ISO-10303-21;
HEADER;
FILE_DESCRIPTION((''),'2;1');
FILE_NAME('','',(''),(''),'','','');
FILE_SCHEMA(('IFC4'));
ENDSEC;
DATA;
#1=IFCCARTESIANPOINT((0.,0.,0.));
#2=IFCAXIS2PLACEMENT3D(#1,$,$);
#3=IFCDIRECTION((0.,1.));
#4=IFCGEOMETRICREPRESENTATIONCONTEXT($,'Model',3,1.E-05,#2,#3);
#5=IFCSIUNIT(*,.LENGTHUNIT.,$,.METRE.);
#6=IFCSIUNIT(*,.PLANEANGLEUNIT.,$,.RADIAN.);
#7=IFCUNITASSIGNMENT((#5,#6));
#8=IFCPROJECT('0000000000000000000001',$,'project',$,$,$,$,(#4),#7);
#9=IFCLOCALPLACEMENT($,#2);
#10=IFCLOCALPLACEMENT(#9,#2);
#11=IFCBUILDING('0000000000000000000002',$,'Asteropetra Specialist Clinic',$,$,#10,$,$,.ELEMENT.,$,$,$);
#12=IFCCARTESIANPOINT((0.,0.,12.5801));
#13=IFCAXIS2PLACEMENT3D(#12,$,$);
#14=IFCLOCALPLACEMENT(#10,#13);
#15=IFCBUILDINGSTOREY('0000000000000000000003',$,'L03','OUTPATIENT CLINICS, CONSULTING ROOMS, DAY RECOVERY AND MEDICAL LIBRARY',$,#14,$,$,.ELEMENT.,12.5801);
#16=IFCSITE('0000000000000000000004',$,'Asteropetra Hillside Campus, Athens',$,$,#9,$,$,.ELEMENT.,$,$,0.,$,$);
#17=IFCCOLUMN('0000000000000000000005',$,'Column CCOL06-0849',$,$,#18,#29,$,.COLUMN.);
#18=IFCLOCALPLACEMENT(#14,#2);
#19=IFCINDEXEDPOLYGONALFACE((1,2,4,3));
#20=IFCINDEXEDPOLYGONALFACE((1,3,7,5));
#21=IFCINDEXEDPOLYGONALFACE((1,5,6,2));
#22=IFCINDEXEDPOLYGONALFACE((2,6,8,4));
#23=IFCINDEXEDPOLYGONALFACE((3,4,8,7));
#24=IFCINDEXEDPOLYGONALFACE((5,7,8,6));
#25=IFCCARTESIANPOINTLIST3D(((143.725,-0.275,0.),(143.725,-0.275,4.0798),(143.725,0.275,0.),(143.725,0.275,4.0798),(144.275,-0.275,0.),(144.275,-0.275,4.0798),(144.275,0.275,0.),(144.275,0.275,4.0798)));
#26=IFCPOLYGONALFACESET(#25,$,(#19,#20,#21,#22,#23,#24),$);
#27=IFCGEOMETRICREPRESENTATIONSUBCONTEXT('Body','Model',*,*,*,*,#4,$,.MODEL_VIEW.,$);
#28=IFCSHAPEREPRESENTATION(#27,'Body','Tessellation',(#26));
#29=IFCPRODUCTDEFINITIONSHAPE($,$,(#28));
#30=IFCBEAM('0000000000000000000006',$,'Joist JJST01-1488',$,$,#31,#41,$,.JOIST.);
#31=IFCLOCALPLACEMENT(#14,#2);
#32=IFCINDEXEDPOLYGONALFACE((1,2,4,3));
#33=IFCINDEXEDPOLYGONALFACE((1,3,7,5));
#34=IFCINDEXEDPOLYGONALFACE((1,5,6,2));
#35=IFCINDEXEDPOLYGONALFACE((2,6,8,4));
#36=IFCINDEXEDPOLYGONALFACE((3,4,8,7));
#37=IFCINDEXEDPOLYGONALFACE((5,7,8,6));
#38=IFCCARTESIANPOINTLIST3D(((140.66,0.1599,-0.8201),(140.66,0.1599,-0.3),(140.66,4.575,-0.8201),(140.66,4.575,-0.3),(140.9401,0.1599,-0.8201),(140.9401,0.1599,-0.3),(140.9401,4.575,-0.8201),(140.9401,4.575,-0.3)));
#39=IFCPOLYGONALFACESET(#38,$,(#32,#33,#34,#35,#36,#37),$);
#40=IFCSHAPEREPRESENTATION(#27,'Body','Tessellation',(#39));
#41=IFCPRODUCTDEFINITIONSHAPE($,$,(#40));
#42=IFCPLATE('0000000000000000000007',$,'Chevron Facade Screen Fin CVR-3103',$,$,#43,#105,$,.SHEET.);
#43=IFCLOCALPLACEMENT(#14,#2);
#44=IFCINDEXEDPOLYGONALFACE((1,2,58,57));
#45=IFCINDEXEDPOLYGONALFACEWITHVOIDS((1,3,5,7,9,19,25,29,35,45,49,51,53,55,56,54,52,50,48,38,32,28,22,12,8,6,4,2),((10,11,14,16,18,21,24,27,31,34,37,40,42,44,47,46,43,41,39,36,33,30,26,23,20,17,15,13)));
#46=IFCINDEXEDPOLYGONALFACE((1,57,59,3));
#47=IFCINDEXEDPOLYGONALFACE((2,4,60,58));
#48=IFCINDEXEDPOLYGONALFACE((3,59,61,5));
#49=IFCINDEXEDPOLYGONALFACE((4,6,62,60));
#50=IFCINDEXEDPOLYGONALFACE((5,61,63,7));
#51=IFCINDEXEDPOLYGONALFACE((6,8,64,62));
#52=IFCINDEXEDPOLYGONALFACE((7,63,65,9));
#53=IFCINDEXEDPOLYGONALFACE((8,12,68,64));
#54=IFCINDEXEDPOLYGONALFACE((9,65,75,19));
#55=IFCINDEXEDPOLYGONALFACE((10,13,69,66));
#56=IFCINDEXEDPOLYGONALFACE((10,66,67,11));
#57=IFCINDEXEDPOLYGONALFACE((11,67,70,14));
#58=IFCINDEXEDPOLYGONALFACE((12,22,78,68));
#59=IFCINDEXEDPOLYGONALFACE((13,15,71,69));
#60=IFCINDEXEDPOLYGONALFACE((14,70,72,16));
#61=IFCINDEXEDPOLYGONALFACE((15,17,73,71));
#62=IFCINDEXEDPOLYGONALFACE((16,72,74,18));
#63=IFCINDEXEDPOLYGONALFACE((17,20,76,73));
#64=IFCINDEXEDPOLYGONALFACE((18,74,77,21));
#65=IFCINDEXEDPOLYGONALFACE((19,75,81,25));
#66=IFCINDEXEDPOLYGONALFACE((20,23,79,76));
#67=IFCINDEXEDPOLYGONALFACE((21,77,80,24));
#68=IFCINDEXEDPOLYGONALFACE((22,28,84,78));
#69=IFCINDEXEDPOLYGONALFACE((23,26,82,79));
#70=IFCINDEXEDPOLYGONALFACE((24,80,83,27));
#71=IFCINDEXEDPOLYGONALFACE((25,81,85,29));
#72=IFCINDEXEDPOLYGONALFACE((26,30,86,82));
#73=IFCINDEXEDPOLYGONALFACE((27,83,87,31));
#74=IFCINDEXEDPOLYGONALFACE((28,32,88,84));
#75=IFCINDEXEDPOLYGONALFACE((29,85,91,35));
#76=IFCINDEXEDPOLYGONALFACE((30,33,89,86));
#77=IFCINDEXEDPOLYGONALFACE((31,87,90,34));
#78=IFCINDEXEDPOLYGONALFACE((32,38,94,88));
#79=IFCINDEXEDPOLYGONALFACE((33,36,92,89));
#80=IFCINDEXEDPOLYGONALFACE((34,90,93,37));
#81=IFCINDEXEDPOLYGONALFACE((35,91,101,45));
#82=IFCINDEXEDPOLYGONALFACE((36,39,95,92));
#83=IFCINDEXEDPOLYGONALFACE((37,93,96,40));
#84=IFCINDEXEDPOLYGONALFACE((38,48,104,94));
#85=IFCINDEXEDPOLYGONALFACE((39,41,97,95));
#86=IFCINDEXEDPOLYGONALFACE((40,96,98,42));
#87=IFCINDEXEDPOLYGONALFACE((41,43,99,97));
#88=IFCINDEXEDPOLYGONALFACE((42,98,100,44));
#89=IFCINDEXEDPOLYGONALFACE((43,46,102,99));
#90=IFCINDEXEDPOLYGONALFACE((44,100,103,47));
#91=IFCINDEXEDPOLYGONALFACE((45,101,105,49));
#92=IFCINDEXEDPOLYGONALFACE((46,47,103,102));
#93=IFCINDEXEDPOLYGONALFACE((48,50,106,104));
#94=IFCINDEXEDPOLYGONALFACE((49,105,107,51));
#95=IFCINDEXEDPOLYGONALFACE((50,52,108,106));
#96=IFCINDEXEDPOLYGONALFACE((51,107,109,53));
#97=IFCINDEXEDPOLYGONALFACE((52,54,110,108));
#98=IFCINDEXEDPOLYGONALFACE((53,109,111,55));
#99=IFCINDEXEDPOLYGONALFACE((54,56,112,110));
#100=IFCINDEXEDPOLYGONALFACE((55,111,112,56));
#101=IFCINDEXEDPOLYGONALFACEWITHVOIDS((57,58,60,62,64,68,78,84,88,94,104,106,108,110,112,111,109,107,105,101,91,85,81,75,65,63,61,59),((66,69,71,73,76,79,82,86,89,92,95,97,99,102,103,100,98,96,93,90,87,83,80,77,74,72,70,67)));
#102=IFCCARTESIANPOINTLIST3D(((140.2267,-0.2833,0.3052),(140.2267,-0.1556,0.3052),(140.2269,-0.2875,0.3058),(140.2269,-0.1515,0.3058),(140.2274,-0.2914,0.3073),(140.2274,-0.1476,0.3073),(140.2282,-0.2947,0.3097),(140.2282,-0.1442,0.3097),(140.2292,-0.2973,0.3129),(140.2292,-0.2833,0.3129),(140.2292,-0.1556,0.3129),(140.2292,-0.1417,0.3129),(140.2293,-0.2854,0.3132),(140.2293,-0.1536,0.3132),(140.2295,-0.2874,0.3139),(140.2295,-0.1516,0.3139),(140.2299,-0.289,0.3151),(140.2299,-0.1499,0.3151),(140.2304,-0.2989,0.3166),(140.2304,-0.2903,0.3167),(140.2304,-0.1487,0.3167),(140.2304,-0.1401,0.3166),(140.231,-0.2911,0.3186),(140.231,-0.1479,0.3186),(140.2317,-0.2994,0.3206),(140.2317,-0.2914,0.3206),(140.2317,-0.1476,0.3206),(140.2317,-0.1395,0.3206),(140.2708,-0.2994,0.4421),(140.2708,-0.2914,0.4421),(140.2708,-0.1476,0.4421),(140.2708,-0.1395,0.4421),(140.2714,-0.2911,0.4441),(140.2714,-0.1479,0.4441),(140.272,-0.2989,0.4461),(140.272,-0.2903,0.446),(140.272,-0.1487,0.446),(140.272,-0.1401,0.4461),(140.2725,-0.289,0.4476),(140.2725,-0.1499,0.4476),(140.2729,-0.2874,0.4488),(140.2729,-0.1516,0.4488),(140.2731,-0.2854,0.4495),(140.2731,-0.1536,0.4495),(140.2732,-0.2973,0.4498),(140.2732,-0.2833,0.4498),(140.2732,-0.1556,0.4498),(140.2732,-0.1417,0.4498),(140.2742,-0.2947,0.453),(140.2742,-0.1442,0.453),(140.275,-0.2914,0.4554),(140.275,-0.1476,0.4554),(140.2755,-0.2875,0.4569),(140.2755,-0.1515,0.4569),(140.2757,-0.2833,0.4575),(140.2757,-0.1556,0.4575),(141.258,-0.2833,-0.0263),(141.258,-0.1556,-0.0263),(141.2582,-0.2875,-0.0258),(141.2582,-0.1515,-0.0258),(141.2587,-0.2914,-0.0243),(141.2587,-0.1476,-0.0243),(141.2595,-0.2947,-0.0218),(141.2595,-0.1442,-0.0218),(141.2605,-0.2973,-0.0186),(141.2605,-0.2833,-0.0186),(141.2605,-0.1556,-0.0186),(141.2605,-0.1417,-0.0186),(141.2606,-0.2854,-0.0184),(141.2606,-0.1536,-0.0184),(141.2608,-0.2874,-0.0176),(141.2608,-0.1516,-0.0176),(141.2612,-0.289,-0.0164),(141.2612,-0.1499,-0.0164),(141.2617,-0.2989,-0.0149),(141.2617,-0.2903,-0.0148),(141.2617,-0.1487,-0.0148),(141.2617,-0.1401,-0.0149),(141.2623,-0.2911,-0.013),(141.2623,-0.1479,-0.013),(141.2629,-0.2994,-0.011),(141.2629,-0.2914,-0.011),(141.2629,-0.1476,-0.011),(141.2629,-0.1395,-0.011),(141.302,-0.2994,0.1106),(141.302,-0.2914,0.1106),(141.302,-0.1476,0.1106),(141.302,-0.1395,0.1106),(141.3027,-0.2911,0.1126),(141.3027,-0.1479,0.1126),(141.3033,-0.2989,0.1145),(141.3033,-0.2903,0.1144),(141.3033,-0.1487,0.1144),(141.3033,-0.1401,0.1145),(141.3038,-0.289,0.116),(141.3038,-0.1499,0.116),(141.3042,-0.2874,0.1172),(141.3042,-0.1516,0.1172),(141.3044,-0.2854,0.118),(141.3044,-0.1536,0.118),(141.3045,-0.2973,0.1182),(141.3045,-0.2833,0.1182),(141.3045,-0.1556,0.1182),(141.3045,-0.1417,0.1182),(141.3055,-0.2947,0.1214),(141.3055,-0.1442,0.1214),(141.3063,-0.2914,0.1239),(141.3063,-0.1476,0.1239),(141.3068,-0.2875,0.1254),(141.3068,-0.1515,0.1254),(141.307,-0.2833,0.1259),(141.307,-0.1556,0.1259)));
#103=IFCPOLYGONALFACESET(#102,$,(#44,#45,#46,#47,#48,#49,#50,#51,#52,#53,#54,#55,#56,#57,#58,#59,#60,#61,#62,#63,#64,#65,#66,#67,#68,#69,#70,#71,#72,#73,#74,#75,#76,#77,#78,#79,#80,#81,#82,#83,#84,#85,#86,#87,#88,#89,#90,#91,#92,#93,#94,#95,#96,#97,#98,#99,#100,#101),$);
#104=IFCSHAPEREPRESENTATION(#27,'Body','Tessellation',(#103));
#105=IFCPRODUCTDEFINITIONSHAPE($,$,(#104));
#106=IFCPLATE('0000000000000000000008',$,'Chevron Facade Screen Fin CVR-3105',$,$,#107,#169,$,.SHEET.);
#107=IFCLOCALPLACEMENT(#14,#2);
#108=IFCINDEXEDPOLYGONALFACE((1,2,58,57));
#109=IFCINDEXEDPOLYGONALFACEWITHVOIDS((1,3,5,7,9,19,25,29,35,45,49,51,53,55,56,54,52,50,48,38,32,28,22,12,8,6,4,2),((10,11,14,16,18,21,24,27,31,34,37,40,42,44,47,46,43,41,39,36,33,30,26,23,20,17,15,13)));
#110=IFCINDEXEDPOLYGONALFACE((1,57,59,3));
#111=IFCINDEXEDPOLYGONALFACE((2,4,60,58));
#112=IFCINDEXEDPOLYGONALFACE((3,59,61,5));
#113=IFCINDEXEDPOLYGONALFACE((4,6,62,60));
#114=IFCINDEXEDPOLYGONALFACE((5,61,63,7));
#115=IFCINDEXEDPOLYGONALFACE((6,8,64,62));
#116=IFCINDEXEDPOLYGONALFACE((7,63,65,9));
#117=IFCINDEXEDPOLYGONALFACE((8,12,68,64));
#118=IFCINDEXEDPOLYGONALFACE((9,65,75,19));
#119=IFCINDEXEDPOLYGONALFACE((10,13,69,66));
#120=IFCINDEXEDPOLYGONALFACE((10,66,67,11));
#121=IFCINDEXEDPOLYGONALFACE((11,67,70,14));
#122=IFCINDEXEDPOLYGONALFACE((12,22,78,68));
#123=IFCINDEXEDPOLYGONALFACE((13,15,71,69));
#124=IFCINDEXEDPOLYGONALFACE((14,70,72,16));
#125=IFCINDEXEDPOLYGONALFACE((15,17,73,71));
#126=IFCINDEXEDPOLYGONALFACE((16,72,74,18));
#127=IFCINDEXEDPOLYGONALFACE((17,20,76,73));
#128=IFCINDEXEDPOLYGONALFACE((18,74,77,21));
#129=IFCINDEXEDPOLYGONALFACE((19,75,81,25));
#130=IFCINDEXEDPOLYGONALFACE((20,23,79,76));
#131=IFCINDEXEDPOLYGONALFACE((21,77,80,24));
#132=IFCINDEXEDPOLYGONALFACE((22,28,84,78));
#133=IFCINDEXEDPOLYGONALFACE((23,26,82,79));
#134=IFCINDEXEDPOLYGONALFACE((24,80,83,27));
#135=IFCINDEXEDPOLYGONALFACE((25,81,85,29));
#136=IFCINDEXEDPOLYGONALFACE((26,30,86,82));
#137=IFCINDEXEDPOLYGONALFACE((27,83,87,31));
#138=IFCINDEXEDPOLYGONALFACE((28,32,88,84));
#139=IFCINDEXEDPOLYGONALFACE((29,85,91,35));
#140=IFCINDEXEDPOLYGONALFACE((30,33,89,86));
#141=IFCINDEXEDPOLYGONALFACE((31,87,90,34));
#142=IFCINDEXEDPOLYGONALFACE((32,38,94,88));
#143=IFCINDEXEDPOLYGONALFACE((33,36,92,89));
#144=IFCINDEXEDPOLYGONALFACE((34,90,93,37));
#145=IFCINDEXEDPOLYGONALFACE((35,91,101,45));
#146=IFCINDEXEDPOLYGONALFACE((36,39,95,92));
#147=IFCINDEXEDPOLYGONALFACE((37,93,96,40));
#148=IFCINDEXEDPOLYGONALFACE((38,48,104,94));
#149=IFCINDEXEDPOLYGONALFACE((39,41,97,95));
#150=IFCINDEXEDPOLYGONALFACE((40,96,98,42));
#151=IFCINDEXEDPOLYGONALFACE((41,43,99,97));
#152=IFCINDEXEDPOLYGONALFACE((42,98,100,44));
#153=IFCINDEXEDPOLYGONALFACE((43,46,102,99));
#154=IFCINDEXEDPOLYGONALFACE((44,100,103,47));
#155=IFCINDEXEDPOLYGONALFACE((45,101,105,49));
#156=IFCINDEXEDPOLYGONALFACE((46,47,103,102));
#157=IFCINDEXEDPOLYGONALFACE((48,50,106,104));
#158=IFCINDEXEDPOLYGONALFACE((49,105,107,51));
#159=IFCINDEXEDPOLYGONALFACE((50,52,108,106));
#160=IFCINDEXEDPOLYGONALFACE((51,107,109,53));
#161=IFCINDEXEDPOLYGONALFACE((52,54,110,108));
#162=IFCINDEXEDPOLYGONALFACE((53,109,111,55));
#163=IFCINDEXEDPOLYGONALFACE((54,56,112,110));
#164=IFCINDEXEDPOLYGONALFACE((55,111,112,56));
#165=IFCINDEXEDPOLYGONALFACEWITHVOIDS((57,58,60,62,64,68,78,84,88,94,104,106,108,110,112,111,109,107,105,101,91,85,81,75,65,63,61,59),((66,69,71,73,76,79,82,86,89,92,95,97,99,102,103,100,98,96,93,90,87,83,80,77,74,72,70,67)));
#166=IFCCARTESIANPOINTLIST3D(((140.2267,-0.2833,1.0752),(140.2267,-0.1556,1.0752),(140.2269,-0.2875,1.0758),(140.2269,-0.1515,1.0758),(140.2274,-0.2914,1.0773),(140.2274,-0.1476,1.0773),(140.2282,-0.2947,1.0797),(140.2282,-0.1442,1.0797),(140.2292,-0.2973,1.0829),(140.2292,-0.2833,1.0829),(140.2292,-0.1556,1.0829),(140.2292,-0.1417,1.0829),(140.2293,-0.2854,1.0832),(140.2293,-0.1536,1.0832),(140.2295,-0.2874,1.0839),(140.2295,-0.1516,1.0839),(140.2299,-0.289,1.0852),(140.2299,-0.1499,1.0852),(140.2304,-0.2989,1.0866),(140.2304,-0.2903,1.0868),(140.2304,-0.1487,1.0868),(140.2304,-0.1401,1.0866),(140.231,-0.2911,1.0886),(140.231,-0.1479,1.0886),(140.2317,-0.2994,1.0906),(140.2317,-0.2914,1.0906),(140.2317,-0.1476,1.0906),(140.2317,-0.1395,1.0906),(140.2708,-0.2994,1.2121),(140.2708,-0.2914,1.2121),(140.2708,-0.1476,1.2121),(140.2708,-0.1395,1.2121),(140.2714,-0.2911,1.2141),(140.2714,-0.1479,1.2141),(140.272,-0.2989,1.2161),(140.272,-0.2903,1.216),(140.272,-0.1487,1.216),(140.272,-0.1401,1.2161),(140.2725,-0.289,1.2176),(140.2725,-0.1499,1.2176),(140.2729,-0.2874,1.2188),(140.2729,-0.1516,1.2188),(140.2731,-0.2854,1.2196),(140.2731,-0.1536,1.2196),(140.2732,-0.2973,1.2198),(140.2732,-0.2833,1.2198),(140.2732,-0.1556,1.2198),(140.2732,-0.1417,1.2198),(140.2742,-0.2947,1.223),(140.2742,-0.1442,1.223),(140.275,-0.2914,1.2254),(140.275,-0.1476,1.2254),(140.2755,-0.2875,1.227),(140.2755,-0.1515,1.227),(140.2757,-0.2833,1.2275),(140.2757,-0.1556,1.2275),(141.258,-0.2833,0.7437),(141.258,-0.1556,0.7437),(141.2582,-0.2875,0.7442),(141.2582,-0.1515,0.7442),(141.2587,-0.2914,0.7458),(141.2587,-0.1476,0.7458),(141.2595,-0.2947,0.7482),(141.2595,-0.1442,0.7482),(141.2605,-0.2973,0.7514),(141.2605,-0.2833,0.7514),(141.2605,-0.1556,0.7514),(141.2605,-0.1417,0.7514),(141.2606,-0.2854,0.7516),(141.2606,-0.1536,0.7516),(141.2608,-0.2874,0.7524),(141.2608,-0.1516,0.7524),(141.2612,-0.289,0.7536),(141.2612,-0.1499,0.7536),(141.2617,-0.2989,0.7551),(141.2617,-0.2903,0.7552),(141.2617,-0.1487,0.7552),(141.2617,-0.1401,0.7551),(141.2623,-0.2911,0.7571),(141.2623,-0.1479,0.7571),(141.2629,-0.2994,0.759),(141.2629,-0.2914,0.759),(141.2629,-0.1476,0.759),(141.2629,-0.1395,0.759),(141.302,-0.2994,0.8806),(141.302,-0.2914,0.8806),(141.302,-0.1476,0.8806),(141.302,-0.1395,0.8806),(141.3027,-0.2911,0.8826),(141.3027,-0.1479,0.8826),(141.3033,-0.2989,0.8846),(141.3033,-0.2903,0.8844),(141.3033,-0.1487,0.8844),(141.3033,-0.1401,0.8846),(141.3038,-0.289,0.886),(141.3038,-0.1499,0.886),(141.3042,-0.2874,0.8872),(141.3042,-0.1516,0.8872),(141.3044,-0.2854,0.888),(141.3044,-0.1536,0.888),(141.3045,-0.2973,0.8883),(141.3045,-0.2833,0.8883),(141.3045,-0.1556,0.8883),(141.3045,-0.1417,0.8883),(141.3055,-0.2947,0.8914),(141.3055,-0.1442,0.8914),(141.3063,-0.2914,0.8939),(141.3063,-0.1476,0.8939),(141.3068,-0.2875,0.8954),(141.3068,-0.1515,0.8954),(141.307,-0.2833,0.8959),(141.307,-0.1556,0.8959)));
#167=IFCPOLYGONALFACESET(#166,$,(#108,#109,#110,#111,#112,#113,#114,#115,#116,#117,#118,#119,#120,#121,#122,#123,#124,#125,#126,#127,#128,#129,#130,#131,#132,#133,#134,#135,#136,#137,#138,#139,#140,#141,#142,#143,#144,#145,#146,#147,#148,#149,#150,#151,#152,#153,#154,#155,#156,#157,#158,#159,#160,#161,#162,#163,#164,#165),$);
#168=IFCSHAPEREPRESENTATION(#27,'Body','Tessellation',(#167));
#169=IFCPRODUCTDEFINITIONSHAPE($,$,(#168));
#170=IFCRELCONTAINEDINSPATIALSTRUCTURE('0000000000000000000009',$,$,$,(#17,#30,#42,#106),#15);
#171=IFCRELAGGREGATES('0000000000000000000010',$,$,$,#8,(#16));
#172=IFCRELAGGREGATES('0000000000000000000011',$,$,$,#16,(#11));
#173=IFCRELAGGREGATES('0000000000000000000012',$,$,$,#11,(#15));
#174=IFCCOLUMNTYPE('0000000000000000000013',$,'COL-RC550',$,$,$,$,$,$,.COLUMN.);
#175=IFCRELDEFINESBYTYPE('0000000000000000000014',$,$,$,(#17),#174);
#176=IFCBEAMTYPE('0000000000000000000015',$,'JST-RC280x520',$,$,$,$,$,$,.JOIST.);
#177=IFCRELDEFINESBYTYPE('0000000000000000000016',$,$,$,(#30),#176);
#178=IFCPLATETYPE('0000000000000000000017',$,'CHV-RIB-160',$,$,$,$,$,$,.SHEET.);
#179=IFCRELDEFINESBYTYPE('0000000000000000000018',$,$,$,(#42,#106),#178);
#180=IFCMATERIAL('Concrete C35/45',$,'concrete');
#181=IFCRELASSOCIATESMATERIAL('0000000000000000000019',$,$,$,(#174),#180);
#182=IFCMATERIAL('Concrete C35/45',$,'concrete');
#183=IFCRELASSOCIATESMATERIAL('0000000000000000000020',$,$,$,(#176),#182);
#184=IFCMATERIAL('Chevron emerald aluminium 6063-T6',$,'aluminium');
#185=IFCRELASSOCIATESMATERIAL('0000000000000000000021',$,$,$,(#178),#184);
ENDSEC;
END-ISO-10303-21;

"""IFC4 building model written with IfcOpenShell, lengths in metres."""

from ifc_helpers import new_model, si_unit, direction, frame, origin, origin_2d, place, context, subcontext, project, spatial, rectangle, hollow_rectangle, extrude, material, material_profile, profile_set, type_object, element, save


model = new_model("IFC4")

# Units and contexts
model_context = context("Model", 3, precision=1e-05, world=origin(), true_north=direction((0.0, 1.0)))
body_context = subcontext(model_context, "Body", "Model", "MODEL_VIEW")
ifc_project = project(units=[si_unit("LENGTHUNIT", "METRE"), si_unit("PLANEANGLEUNIT", "RADIAN")], contexts=[model_context])

# Site, building, storey
site_placement = place(None, origin())
site = spatial("IfcSite", under=ifc_project, at=site_placement, Name="Asteropetra Hillside Campus, Athens", CompositionType="ELEMENT", RefElevation=0.0)
building_placement = place(site_placement, origin())
building = spatial("IfcBuilding", under=site, at=building_placement, Name="Asteropetra Specialist Clinic", CompositionType="ELEMENT")
storey_placement = place(building_placement, frame((0.0, 0.0, 12.5801)))
storey = spatial("IfcBuildingStorey", under=building, at=storey_placement, Name="L03", Description="OUTPATIENT CLINICS, CONSULTING ROOMS, DAY RECOVERY AND MEDICAL LIBRARY", CompositionType="ELEMENT", Elevation=12.5801)

# Column
ifc_material_1 = material(Name="Concrete C35/45", Category="concrete")
ifc_material_profile_1 = material_profile(ifc_material_1, rectangle(XDim=0.55, YDim=0.55, at=origin_2d()), Name="RC 550x550")
ifc_profile_set_1 = profile_set([ifc_material_profile_1], Name="Concrete C35/45")
column_type = type_object("IfcColumnType", Name="COL-RC550", PredefinedType="COLUMN", material=ifc_profile_set_1)
column_placement = place(storey_placement, frame((144.0, 0.0, 0.0), z_axis=(0.0, 0.0, 1.0), x_axis=(1.0, 0.0, 0.0)))
element("IfcColumn", 1, at=column_placement, inside=storey, type_object=column_type, Name="Column CCOL06-0849", PredefinedType="COLUMN", context=body_context, shape_type="SweptSolid", body=[
    extrude(rectangle(XDim=0.55, YDim=0.55, at=origin_2d()), origin(), (0.0, 0.0, 1.0), 4.0798),
])

# Beam
ifc_material_2 = material(Name="Concrete C35/45", Category="concrete")
ifc_material_profile_2 = material_profile(ifc_material_2, rectangle(XDim=0.28, YDim=0.52, at=origin_2d()), Name="RCJ 280x520")
ifc_profile_set_2 = profile_set([ifc_material_profile_2], Name="Concrete C35/45")
beam_type = type_object("IfcBeamType", Name="JST-RC280x520", PredefinedType="JOIST", material=ifc_profile_set_2)
beam_placement = place(storey_placement, frame((140.8, 0.1599, -0.5601), z_axis=(0.0, 1.0, 0.0), x_axis=(-1.0, 0.0, 0.0)))
element("IfcBeam", 2, at=beam_placement, inside=storey, type_object=beam_type, Name="Joist JJST01-1488", PredefinedType="JOIST", context=body_context, shape_type="SweptSolid", body=[
    extrude(rectangle(XDim=0.28, YDim=0.52, at=origin_2d()), origin(), (0.0, 0.0, 1.0), 4.415),
])

# Plates
ifc_material_3 = material(Name="Chevron emerald aluminium 6063-T6", Category="aluminium")
ifc_material_profile_3 = material_profile(ifc_material_3, hollow_rectangle(XDim=0.1599, YDim=0.1599, WallThickness=0.0081, InnerFilletRadius=0.0081, OuterFilletRadius=0.0161, at=origin_2d()), Name="SHS 160x160x8.0")
ifc_profile_set_3 = profile_set([ifc_material_profile_3], Name="Chevron emerald aluminium 6063-T6")
plate_type_1 = type_object("IfcPlateType", Name="CHV-RIB-160", PredefinedType="SHEET", material=ifc_profile_set_3)
for number, where, z_axis, x_axis, name in (
    (3, (140.2512, -0.2195, 0.3813), (0.95201, 0.0, -0.306068), (0.0, 1.0, 0.0), "Chevron Facade Screen Fin CVR-3103"),
    (4, (140.2512, -0.2195, 1.1514), (0.95201, 0.0, -0.306068), (0.0, 1.0, 0.0), "Chevron Facade Screen Fin CVR-3105"),
):
    element("IfcPlate", number, at=place(storey_placement, frame(where, z_axis=z_axis, x_axis=x_axis)), inside=storey, type_object=plate_type_1, Name=name, PredefinedType="SHEET", context=body_context, shape_type="SweptSolid", body=[
        extrude(hollow_rectangle(XDim=0.1599, YDim=0.1599, WallThickness=0.0081, InnerFilletRadius=0.0081, OuterFilletRadius=0.0161, at=origin_2d()), origin(), (0.0, 0.0, 1.0), 1.0833),
    ])

save(model, "model.ifc")
